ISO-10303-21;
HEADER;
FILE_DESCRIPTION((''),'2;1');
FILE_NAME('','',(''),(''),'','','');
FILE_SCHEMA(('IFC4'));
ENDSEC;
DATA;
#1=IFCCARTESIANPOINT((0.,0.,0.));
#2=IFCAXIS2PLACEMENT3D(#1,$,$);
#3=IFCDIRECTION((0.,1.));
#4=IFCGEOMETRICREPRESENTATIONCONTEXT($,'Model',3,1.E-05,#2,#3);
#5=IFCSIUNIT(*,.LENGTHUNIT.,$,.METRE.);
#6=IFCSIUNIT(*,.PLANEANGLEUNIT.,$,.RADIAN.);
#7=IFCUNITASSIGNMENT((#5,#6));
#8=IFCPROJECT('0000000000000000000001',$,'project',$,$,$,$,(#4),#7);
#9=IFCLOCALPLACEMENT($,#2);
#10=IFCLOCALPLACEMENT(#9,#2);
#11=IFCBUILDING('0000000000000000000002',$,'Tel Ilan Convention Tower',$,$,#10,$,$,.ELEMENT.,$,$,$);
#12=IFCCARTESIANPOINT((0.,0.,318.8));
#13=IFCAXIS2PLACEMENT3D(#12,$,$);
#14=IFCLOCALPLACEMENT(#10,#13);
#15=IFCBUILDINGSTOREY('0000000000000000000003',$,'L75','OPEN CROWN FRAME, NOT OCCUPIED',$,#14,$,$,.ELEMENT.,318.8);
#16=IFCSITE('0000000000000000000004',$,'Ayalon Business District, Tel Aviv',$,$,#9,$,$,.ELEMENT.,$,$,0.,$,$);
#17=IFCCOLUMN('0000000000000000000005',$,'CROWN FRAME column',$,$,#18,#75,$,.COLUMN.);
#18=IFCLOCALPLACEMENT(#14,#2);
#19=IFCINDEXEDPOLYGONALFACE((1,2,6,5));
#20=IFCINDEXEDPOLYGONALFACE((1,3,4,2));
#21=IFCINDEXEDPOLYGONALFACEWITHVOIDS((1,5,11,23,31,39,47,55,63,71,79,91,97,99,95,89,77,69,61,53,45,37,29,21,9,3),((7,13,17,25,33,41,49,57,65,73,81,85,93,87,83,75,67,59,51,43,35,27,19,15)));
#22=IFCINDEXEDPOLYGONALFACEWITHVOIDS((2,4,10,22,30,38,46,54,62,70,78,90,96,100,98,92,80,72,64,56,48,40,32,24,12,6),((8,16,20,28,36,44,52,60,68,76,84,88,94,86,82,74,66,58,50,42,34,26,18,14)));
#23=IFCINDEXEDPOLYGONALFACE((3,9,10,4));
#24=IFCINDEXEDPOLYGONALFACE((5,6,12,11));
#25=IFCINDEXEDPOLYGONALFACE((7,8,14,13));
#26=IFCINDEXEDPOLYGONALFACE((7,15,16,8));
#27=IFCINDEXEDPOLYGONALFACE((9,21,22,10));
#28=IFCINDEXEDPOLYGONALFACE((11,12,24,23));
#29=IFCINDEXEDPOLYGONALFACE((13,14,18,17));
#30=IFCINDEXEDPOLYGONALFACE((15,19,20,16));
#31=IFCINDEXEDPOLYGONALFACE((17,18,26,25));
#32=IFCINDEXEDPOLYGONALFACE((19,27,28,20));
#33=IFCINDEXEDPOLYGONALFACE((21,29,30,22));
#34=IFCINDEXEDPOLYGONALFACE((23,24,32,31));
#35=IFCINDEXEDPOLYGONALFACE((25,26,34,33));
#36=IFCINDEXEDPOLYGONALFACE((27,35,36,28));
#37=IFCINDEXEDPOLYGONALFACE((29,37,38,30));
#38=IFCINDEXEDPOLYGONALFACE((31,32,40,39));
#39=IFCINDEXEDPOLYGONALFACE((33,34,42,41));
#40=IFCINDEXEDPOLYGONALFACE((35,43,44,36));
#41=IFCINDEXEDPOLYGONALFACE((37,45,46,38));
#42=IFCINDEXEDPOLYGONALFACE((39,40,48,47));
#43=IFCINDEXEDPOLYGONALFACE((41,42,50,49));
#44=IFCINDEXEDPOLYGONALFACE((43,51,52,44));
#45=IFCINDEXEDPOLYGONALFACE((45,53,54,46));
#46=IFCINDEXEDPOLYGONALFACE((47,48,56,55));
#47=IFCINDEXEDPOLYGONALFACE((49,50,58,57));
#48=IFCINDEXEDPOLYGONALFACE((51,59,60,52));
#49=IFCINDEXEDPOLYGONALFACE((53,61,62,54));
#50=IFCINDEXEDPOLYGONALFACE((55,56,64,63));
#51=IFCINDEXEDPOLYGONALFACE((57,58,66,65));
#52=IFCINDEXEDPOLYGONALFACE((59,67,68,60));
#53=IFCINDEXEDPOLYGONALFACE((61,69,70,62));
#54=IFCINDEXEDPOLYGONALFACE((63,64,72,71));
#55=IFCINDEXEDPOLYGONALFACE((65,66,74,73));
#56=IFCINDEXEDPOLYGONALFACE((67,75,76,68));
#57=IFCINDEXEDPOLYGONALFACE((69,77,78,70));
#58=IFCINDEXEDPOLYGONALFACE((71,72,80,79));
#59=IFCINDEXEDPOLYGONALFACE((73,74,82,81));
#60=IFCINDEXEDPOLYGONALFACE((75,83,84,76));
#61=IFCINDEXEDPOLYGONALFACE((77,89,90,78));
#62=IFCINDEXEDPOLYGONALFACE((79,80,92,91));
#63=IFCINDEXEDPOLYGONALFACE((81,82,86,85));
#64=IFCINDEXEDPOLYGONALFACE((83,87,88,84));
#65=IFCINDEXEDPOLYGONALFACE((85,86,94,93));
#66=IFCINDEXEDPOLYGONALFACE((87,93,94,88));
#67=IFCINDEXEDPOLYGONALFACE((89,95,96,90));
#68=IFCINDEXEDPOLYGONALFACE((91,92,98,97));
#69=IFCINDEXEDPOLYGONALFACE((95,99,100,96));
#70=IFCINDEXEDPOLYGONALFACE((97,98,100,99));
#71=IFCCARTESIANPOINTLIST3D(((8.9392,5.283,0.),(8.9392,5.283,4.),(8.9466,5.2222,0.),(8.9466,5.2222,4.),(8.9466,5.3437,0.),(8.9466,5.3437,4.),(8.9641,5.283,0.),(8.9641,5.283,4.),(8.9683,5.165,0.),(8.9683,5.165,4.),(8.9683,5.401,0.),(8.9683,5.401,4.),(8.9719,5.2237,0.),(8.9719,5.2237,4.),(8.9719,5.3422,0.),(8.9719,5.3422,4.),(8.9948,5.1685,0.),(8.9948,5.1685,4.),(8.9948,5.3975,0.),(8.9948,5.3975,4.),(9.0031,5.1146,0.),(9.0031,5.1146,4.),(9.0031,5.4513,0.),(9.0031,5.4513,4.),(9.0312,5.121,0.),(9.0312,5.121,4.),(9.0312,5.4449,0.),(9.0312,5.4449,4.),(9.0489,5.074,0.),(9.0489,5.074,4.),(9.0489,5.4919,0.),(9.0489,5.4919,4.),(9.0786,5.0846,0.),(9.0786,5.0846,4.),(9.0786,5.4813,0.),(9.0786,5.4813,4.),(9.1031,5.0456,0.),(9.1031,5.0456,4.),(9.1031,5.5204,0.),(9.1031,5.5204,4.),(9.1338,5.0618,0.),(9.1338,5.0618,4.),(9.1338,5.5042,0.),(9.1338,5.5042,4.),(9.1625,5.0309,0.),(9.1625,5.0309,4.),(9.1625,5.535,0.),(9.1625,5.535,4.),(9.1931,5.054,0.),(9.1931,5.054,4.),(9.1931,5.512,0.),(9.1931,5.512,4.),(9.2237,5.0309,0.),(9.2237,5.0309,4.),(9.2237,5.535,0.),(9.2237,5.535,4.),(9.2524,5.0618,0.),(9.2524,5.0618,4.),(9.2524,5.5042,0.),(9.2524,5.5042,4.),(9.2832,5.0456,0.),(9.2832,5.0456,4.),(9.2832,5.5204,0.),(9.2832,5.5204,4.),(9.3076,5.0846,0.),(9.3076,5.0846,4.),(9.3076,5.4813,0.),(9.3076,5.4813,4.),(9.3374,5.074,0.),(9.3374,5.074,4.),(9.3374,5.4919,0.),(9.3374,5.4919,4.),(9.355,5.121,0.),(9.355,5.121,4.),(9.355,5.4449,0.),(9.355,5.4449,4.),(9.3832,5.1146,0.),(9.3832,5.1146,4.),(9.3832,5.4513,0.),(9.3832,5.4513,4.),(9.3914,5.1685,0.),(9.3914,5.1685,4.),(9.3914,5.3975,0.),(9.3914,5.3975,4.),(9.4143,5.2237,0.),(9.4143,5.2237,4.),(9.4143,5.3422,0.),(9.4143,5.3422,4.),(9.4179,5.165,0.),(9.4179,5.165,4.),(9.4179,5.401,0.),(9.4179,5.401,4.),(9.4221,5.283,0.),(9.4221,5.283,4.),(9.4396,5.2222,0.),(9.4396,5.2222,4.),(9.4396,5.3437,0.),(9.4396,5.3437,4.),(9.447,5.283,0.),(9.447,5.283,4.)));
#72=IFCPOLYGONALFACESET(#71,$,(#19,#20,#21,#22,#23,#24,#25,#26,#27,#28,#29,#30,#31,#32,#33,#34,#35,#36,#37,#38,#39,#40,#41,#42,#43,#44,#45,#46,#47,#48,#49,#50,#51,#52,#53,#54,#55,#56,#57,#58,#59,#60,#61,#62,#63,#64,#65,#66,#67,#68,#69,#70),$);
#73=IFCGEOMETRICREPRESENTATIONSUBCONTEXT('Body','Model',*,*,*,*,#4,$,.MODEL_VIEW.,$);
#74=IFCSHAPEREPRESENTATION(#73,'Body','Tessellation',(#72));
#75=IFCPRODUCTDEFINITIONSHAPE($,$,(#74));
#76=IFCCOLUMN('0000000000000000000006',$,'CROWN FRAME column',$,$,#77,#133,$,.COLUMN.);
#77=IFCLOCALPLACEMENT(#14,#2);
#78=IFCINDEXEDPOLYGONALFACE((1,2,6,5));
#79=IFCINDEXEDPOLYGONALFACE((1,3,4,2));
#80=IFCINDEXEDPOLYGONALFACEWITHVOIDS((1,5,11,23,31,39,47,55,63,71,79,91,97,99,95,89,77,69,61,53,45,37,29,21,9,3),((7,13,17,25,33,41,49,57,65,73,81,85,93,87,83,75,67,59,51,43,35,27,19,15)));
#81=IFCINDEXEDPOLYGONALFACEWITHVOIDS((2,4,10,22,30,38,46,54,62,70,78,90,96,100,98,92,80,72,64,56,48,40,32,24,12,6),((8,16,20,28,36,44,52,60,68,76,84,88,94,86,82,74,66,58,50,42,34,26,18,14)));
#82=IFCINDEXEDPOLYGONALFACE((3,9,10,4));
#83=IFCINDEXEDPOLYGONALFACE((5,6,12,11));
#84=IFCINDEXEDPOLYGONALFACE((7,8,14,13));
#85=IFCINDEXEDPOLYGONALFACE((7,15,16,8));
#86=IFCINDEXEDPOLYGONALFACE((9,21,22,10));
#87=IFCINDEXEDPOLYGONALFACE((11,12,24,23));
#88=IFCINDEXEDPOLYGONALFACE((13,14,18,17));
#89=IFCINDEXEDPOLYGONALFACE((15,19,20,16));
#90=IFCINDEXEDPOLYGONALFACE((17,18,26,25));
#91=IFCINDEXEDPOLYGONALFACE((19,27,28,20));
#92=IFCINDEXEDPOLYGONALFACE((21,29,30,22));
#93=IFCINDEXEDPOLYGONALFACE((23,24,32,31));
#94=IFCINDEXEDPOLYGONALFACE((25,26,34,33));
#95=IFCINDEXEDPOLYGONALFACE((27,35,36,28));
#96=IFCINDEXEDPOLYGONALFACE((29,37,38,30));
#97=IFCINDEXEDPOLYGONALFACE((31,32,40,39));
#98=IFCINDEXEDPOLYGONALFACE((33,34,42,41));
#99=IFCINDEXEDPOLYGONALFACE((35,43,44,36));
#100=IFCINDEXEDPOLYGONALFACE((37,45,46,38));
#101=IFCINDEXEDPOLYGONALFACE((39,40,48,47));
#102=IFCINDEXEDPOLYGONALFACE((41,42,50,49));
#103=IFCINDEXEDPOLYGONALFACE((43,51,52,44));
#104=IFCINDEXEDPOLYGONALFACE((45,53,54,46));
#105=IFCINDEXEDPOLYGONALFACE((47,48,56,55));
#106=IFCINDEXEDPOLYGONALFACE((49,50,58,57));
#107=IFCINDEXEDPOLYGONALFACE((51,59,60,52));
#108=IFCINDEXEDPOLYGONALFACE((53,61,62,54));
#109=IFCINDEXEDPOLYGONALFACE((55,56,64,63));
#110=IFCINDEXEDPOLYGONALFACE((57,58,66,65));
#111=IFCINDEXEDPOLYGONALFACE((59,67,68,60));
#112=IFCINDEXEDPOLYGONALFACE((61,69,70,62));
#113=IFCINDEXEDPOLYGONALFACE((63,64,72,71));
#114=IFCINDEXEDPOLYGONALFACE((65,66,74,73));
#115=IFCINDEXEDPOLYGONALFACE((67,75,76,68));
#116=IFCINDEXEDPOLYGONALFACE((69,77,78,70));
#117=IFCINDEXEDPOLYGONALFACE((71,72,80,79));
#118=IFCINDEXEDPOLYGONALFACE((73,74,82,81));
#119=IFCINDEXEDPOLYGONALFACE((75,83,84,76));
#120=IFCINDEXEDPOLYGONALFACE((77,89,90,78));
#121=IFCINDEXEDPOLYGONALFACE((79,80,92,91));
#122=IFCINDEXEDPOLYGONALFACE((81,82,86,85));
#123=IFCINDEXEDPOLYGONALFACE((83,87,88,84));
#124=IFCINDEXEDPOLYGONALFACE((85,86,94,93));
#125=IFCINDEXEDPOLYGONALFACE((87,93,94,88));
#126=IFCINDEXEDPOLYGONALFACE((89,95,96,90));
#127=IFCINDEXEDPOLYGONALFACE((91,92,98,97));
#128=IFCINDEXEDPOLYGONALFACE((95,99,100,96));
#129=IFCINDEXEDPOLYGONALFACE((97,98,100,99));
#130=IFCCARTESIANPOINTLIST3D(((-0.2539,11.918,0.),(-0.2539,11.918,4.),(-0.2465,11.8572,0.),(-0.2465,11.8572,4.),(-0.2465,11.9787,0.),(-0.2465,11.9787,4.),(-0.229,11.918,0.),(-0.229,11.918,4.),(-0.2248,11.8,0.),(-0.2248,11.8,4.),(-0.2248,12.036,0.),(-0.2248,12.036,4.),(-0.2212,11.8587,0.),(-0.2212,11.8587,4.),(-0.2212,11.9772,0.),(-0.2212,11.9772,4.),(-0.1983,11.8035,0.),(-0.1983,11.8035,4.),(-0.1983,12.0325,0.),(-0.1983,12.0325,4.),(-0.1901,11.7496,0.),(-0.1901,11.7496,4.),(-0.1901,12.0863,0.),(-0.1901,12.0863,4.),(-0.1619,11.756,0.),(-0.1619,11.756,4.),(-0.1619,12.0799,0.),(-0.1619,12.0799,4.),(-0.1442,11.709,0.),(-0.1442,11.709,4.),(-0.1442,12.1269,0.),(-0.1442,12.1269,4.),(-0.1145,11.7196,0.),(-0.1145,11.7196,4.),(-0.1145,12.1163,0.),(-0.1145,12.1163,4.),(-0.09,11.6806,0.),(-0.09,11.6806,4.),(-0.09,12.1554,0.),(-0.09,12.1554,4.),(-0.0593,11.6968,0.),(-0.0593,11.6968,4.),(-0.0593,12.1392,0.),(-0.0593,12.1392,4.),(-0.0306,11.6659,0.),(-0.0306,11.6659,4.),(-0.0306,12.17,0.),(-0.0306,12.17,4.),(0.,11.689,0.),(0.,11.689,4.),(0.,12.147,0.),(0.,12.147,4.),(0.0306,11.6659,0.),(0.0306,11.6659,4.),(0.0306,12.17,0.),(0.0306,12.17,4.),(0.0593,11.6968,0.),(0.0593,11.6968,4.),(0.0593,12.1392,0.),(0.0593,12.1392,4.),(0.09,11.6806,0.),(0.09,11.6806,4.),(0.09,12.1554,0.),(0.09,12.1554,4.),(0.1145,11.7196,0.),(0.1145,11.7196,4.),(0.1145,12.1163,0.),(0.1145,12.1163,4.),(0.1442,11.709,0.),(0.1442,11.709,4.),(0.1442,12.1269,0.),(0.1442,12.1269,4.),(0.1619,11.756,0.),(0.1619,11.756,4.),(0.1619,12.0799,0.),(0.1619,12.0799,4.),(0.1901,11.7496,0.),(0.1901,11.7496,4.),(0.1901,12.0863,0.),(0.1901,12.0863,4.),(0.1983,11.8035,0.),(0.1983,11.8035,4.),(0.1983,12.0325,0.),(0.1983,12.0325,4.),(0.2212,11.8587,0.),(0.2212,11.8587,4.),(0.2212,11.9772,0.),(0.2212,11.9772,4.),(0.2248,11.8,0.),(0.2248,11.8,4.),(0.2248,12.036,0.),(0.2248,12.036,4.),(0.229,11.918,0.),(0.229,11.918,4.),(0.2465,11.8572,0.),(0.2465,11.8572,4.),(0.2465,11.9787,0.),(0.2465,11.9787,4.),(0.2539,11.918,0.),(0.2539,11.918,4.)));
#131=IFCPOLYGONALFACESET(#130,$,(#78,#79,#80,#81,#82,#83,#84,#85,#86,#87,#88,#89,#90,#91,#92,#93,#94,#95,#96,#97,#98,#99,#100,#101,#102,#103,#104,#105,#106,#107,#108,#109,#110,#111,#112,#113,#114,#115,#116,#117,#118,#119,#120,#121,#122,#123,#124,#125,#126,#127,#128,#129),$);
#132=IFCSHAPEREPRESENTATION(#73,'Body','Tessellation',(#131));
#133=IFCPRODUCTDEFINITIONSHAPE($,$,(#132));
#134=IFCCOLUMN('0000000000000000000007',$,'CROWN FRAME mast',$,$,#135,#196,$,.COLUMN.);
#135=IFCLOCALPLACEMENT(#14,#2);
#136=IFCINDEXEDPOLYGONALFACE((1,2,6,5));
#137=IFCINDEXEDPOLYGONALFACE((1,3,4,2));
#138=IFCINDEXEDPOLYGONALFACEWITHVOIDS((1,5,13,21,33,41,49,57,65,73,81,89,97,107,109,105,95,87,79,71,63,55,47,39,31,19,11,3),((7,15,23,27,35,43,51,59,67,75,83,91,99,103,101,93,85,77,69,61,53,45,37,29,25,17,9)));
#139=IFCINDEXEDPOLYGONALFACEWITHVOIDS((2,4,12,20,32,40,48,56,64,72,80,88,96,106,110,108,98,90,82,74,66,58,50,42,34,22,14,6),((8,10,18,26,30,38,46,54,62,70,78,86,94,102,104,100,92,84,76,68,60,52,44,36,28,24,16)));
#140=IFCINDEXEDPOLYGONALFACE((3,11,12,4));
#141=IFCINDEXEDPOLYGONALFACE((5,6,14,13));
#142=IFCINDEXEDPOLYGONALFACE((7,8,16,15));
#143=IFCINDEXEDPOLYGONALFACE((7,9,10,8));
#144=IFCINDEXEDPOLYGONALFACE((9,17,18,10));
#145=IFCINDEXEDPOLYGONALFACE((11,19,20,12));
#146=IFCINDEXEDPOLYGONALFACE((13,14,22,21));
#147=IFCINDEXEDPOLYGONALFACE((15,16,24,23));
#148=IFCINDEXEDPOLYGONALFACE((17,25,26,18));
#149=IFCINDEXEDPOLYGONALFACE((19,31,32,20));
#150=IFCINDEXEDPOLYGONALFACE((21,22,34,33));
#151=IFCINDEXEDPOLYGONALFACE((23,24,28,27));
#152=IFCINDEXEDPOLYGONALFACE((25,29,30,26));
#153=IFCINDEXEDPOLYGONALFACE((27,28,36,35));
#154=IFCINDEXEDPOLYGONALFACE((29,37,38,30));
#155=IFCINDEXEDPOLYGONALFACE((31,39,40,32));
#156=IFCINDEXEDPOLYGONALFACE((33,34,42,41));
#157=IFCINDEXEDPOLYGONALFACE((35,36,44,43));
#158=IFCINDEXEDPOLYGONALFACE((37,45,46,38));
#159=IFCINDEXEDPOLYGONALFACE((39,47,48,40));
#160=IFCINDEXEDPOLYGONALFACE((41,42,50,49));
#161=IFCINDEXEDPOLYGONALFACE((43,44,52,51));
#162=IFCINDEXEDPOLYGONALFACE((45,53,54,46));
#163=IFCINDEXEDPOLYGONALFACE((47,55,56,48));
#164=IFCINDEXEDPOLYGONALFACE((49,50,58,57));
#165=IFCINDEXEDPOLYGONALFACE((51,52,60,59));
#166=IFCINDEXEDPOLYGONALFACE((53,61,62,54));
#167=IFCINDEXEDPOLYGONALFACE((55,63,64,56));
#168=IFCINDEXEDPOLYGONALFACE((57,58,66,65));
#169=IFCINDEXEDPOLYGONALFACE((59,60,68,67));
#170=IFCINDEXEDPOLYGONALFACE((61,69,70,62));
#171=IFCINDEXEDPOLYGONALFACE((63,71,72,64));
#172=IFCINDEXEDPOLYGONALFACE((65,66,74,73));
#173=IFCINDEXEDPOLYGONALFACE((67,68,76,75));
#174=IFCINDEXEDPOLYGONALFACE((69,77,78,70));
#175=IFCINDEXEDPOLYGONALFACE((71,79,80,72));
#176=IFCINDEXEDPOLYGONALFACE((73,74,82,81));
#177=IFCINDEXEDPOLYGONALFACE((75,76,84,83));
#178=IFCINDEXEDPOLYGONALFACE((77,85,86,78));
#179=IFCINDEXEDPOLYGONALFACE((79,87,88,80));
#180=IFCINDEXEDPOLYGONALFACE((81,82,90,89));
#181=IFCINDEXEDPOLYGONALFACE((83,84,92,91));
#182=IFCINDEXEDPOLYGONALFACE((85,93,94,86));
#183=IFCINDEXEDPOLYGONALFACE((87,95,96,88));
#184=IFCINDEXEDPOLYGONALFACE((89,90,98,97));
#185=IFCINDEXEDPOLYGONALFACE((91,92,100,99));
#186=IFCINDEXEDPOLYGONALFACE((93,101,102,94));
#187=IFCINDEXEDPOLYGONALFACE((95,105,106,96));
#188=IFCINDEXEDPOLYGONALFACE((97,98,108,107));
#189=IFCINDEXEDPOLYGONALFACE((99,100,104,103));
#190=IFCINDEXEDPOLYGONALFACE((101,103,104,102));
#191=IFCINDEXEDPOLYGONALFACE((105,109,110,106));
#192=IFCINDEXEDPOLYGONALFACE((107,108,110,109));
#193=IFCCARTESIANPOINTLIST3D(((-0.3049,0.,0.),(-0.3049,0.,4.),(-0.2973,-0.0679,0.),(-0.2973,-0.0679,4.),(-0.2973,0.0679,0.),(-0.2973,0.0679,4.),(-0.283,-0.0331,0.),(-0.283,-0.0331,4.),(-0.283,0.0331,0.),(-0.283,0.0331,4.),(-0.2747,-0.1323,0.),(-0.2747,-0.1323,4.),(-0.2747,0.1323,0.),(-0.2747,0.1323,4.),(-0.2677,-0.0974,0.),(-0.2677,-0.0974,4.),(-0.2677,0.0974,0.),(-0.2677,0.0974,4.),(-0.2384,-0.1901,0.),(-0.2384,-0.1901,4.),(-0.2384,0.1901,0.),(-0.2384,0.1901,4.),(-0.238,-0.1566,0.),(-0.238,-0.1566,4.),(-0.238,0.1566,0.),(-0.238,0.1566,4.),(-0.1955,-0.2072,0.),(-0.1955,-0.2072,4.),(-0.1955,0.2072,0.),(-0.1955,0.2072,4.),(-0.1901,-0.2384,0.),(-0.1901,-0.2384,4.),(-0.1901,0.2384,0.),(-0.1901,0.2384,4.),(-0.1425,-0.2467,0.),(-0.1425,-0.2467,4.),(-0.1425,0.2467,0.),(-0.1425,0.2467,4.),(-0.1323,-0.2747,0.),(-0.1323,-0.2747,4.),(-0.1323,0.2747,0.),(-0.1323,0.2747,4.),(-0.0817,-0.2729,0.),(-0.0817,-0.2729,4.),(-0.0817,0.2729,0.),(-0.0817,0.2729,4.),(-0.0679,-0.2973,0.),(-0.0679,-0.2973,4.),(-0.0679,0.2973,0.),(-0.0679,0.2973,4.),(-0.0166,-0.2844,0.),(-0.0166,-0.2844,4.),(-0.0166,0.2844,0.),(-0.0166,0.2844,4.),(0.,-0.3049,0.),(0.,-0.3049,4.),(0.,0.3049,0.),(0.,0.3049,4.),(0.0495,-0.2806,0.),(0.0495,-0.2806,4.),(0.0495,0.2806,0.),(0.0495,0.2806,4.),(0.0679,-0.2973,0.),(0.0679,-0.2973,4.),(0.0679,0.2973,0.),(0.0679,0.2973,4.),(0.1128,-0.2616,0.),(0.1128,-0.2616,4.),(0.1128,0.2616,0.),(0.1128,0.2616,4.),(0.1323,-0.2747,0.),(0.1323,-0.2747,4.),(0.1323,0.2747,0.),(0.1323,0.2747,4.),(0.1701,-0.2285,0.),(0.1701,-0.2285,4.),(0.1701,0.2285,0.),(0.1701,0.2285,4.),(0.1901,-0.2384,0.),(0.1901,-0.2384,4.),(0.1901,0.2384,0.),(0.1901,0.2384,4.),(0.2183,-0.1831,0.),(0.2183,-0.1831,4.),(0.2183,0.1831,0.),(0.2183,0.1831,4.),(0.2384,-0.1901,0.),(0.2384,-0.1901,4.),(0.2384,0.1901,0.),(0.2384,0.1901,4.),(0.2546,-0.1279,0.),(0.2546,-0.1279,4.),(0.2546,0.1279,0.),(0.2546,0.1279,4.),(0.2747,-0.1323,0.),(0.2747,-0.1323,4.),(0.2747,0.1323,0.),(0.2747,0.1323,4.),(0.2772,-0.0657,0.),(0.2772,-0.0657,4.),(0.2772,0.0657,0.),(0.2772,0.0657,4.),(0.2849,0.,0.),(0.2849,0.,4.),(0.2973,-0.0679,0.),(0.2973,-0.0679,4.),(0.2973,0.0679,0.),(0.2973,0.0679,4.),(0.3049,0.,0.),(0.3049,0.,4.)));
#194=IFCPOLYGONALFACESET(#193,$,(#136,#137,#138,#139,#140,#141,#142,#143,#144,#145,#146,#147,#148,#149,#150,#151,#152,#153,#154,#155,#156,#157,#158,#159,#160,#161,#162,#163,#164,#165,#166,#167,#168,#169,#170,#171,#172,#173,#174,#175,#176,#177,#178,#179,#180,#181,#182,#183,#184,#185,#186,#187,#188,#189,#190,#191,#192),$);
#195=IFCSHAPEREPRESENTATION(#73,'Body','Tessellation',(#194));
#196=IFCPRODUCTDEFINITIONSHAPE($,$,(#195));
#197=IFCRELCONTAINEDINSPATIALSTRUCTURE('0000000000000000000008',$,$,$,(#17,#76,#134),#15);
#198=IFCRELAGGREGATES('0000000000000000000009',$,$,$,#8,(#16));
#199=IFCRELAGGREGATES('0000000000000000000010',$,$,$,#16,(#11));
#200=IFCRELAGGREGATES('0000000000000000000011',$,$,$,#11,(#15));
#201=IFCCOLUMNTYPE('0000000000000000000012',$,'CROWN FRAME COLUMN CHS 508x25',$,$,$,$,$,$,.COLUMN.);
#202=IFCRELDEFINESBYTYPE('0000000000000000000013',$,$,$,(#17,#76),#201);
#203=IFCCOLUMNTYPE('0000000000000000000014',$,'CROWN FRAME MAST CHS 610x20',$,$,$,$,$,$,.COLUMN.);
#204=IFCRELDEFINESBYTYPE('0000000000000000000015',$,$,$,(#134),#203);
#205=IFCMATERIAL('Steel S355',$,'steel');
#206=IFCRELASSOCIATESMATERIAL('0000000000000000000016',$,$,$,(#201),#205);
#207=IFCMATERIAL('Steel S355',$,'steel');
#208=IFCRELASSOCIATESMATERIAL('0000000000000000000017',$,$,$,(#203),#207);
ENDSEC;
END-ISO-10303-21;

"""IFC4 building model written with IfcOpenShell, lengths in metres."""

from ifc_helpers import new_model, si_unit, direction, frame, origin, origin_with_axes, origin_2d, place, context, subcontext, project, spatial, hollow_circle, extrude, material, material_profile, profile_set, type_object, element, save


model = new_model("IFC4")

# Units and contexts
model_context = context("Model", 3, precision=1e-05, world=origin(), true_north=direction((0.0, 1.0)))
body_context = subcontext(model_context, "Body", "Model", "MODEL_VIEW")
ifc_project = project(units=[si_unit("LENGTHUNIT", "METRE"), si_unit("PLANEANGLEUNIT", "RADIAN")], contexts=[model_context])

# Site, building, storey
site_placement = place(None, origin())
site = spatial("IfcSite", under=ifc_project, at=site_placement, Name="Ayalon Business District, Tel Aviv", CompositionType="ELEMENT", RefElevation=0.0)
building_placement = place(site_placement, origin())
building = spatial("IfcBuilding", under=site, at=building_placement, Name="Tel Ilan Convention Tower", CompositionType="ELEMENT")
storey_placement = place(building_placement, frame((0.0, 0.0, 318.8)))
storey = spatial("IfcBuildingStorey", under=building, at=storey_placement, Name="L75", Description="OPEN CROWN FRAME, NOT OCCUPIED", CompositionType="ELEMENT", Elevation=318.8)

# Columns
ifc_material_1 = material(Name="Steel S355", Category="steel")
ifc_material_profile_1 = material_profile(ifc_material_1, hollow_circle(Radius=0.2539, WallThickness=0.0249, at=origin_2d()), Name="CHS 508x25")
ifc_profile_set_1 = profile_set([ifc_material_profile_1], Name="Steel S355")
column_type_1 = type_object("IfcColumnType", Name="CROWN FRAME COLUMN CHS 508x25", PredefinedType="COLUMN", material=ifc_profile_set_1)
for number, where, z_axis, x_axis, name in (
    (1, (9.1931, 5.283, 0.0), (0.0, 0.0, 1.0), (1.0, 0.0, 0.0), "CROWN FRAME column"),
    (2, (0.0, 11.918, 0.0), (0.0, 0.0, 1.0), (1.0, 0.0, 0.0), "CROWN FRAME column"),
):
    element("IfcColumn", number, at=place(storey_placement, frame(where, z_axis=z_axis, x_axis=x_axis)), inside=storey, type_object=column_type_1, Name=name, PredefinedType="COLUMN", context=body_context, shape_type="SweptSolid", body=[
        extrude(hollow_circle(Radius=0.2539, WallThickness=0.0249, at=origin_2d()), origin(), (0.0, 0.0, 1.0), 4.0),
    ])
ifc_material_2 = material(Name="Steel S355", Category="steel")
ifc_material_profile_2 = material_profile(ifc_material_2, hollow_circle(Radius=0.3049, WallThickness=0.02, at=origin_2d()), Name="CHS 610x20")
ifc_profile_set_2 = profile_set([ifc_material_profile_2], Name="Steel S355")
column_type_2 = type_object("IfcColumnType", Name="CROWN FRAME MAST CHS 610x20", PredefinedType="COLUMN", material=ifc_profile_set_2)
column_placement = place(storey_placement, origin_with_axes())
element("IfcColumn", 3, at=column_placement, inside=storey, type_object=column_type_2, Name="CROWN FRAME mast", PredefinedType="COLUMN", context=body_context, shape_type="SweptSolid", body=[
    extrude(hollow_circle(Radius=0.3049, WallThickness=0.02, at=origin_2d()), origin(), (0.0, 0.0, 1.0), 4.0),
])

save(model, "model.ifc")
